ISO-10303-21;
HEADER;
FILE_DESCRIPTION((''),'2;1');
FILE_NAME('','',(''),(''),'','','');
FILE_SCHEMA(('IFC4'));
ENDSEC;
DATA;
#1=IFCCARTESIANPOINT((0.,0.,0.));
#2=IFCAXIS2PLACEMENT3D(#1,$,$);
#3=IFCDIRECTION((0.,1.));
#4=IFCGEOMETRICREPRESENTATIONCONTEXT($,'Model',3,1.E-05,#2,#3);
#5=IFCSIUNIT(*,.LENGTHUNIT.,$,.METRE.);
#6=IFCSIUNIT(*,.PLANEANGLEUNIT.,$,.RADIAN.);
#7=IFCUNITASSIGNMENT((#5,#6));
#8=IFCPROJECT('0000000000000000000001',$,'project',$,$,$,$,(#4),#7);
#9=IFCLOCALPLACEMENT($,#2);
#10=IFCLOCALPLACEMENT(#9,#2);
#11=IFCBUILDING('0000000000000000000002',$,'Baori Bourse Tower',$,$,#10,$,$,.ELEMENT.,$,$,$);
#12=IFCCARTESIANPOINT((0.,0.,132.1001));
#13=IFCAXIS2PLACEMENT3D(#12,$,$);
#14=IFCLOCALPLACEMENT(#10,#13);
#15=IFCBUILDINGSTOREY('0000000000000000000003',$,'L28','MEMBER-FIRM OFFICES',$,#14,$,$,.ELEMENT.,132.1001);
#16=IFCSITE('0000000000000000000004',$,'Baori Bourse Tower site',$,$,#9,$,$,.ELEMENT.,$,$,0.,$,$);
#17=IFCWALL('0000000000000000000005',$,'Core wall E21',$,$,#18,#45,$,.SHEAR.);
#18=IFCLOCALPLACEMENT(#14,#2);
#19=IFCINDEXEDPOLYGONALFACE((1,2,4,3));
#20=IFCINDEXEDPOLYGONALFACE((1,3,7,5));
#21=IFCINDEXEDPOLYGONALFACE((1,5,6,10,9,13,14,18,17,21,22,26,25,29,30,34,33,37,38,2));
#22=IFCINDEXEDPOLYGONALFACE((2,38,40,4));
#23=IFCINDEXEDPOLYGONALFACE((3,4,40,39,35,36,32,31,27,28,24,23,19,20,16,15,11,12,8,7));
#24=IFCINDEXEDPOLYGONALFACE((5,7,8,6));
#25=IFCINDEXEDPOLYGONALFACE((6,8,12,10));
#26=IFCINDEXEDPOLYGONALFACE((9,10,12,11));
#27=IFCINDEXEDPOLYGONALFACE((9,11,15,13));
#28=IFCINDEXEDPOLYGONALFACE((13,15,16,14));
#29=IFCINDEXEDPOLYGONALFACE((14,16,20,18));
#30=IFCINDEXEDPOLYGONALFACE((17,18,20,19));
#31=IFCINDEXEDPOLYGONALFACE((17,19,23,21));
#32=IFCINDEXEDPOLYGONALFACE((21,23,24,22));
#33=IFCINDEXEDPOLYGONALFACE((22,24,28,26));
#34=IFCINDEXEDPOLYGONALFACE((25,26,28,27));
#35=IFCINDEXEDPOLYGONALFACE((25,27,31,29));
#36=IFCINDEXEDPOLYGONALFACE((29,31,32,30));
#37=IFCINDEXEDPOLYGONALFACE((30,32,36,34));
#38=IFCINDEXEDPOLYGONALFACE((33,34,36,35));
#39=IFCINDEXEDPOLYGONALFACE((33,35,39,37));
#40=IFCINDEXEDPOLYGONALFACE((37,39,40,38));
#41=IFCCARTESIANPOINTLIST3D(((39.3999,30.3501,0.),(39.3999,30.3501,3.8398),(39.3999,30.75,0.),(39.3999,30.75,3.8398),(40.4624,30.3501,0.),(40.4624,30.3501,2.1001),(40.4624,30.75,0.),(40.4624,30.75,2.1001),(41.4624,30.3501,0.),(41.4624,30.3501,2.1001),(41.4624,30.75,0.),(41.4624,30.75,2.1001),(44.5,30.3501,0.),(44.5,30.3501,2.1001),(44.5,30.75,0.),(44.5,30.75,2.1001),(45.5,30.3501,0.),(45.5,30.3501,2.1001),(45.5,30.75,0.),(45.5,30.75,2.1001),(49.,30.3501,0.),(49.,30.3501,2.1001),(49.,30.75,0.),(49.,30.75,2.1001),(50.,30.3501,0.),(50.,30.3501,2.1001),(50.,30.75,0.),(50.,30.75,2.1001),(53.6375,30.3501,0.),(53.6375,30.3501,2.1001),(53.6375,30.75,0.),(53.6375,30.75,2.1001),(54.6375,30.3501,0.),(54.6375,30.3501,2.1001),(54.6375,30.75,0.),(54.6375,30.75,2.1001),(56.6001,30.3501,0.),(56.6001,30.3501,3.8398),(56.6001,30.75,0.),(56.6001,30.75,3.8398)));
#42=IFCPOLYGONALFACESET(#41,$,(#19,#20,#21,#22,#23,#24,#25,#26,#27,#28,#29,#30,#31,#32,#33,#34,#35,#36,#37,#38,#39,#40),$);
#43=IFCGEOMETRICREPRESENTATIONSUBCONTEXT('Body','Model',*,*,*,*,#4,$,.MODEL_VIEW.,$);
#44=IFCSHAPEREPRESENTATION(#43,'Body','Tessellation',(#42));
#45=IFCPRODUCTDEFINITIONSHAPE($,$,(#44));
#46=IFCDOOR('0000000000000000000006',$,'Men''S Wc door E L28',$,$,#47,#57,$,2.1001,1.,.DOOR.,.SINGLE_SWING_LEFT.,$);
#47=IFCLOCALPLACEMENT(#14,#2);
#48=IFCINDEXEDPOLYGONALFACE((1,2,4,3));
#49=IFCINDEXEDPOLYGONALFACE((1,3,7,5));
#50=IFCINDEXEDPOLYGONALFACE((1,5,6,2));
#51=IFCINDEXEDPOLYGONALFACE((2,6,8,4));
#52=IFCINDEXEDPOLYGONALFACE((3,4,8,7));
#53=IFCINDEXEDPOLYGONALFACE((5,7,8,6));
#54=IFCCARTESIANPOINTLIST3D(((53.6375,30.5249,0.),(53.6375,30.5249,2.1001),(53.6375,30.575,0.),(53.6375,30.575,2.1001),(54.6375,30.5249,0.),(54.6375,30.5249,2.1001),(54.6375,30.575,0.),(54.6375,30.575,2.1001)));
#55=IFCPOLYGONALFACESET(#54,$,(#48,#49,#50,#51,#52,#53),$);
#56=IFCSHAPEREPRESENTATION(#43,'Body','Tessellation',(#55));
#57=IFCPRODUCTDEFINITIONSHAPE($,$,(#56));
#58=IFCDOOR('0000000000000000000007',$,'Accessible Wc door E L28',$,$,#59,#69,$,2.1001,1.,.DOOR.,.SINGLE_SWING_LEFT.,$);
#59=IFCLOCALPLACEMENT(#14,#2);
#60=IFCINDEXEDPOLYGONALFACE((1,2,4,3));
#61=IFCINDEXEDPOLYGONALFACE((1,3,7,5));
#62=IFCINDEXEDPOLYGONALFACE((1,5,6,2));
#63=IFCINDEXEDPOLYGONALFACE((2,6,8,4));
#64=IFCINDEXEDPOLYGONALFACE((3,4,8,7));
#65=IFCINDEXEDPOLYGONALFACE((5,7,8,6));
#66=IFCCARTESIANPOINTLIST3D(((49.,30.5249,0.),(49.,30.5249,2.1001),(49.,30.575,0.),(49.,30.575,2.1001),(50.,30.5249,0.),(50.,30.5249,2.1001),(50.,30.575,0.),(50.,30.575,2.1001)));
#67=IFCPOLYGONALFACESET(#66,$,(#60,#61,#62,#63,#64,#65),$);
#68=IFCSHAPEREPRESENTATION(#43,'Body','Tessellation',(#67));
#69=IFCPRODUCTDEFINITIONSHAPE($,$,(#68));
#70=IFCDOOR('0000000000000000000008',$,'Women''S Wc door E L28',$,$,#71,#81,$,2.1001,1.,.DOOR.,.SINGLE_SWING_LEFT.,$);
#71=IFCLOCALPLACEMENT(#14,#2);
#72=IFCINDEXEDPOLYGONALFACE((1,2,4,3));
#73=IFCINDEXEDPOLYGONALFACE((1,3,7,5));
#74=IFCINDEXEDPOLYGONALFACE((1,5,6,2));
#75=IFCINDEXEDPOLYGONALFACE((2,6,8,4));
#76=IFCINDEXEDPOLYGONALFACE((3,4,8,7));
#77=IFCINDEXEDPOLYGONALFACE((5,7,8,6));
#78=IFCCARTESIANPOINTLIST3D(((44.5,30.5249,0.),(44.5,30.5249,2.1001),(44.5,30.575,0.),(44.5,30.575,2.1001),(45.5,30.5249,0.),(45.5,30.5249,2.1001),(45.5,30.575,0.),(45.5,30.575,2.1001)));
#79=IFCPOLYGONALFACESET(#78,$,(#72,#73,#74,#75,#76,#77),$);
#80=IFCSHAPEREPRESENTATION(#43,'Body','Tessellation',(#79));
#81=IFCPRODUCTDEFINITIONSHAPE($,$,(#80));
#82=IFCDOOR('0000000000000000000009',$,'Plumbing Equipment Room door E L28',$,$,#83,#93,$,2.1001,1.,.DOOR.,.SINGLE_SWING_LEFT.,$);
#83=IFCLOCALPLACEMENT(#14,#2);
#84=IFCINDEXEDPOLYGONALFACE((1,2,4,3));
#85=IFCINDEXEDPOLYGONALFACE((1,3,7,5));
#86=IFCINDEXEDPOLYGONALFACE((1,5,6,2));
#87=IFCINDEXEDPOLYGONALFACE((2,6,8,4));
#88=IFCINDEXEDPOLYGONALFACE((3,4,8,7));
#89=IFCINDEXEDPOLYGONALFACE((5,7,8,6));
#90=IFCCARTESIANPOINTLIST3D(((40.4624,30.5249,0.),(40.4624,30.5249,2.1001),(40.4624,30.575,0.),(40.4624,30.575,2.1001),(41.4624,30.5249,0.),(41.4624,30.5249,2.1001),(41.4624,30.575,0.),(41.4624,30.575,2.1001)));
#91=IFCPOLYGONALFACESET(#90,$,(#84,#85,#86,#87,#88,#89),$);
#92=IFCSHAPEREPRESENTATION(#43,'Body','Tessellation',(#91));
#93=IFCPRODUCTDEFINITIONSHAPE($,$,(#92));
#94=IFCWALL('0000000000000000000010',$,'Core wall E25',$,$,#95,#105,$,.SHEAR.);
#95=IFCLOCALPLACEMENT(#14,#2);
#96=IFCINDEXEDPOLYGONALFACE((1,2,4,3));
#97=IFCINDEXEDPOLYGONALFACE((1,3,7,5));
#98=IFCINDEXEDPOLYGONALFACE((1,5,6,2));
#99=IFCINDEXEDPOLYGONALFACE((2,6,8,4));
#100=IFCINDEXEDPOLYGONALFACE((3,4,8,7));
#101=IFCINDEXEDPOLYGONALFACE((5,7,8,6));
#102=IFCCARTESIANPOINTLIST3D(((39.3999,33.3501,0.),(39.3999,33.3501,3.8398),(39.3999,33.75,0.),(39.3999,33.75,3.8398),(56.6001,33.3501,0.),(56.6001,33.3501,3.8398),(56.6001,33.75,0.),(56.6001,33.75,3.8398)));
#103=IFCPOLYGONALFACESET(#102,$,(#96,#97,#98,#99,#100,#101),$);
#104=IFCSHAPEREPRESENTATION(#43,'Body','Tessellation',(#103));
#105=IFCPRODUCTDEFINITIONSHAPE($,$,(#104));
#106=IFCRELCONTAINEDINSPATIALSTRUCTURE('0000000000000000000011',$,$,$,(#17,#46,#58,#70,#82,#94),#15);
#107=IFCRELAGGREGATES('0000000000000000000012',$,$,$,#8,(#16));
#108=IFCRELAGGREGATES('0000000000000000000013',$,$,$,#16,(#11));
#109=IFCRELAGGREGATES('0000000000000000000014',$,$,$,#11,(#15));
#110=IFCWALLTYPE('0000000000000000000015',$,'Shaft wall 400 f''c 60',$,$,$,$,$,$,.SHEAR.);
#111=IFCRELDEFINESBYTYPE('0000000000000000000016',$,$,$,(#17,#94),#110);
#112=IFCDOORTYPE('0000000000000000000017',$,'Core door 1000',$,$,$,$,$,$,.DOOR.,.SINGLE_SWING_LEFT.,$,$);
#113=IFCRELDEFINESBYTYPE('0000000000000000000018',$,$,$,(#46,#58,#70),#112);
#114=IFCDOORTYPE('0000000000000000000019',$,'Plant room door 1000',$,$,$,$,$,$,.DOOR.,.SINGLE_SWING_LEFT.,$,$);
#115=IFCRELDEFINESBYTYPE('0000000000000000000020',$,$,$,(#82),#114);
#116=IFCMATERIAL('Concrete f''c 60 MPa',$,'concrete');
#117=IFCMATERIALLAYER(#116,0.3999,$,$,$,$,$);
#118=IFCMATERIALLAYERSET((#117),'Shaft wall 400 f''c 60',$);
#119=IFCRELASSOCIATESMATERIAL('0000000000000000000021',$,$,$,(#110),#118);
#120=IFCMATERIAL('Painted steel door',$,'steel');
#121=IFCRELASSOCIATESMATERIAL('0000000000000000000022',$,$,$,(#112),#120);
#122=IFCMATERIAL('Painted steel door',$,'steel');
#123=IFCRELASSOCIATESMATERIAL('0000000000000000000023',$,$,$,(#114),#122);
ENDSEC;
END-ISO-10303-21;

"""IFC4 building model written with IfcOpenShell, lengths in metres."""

from ifc_helpers import new_model, si_unit, direction, frame, frame_2d, origin, place, context, subcontext, project, spatial, rectangle, extrude, material, layer, layer_set, type_object, element, fill, save


model = new_model("IFC4")

# Units and contexts
model_context = context("Model", 3, precision=1e-05, world=origin(), true_north=direction((0.0, 1.0)))
body_context = subcontext(model_context, "Body", "Model", "MODEL_VIEW")
ifc_project = project(units=[si_unit("LENGTHUNIT", "METRE"), si_unit("PLANEANGLEUNIT", "RADIAN")], contexts=[model_context])

# Site, building, storey
site_placement = place(None, origin())
site = spatial("IfcSite", under=ifc_project, at=site_placement, Name="Baori Bourse Tower site", CompositionType="ELEMENT", RefElevation=0.0)
building_placement = place(site_placement, origin())
building = spatial("IfcBuilding", under=site, at=building_placement, Name="Baori Bourse Tower", CompositionType="ELEMENT")
storey_placement = place(building_placement, frame((0.0, 0.0, 132.1001)))
storey = spatial("IfcBuildingStorey", under=building, at=storey_placement, Name="L28", Description="MEMBER-FIRM OFFICES", CompositionType="ELEMENT", Elevation=132.1001)

# Wall, openings, doors
ifc_material_1 = material(Name="Concrete f'c 60 MPa", Category="concrete")
ifc_layer_1 = layer(ifc_material_1, 0.3999)
ifc_layer_set_1 = layer_set([ifc_layer_1], Name="Shaft wall 400 f'c 60")
wall_type_1 = type_object("IfcWallType", Name="Shaft wall 400 f'c 60", PredefinedType="SHEAR", material=ifc_layer_set_1)
wall_1_placement = place(storey_placement, frame((39.3999, 30.55, 0.0), z_axis=(0.0, 0.0, 1.0), x_axis=(1.0, 0.0, 0.0)))
wall_1 = element("IfcWall", 1, at=wall_1_placement, inside=storey, type_object=wall_type_1, Name="Core wall E21", PredefinedType="SHEAR", context=body_context, shape_type="SweptSolid", body=[
    extrude(rectangle(XDim=17.2002, YDim=0.3999, at=frame_2d((8.6001, 0.0))), origin(), (0.0, 0.0, 1.0), 3.8398),
])
opening_1_placement = place(wall_1_placement, frame((14.2375, 0.0, 0.0)))
opening_1 = element("IfcOpeningElement", 2, at=opening_1_placement, cuts=wall_1, PredefinedType="OPENING", context=body_context, shape_type="SweptSolid", body=[
    extrude(rectangle(XDim=1.0, YDim=2.1001, at=frame_2d((0.5, 1.05))), frame((0.0, 0.21, 0.0), z_axis=(0.0, -1.0, 0.0), x_axis=(1.0, 0.0, 0.0)), (0.0, 0.0, 1.0), 0.4199),
])
opening_2_placement = place(wall_1_placement, frame((9.6001, 0.0, 0.0)))
opening_2 = element("IfcOpeningElement", 3, at=opening_2_placement, cuts=wall_1, PredefinedType="OPENING", context=body_context, shape_type="SweptSolid", body=[
    extrude(rectangle(XDim=1.0, YDim=2.1001, at=frame_2d((0.5, 1.05))), frame((0.0, 0.21, 0.0), z_axis=(0.0, -1.0, 0.0), x_axis=(1.0, 0.0, 0.0)), (0.0, 0.0, 1.0), 0.4199),
])
opening_3_placement = place(wall_1_placement, frame((5.1001, 0.0, 0.0)))
opening_3 = element("IfcOpeningElement", 4, at=opening_3_placement, cuts=wall_1, PredefinedType="OPENING", context=body_context, shape_type="SweptSolid", body=[
    extrude(rectangle(XDim=1.0, YDim=2.1001, at=frame_2d((0.5, 1.05))), frame((0.0, 0.21, 0.0), z_axis=(0.0, -1.0, 0.0), x_axis=(1.0, 0.0, 0.0)), (0.0, 0.0, 1.0), 0.4199),
])
opening_4_placement = place(wall_1_placement, frame((1.0625, 0.0, 0.0)))
opening_4 = element("IfcOpeningElement", 5, at=opening_4_placement, cuts=wall_1, PredefinedType="OPENING", context=body_context, shape_type="SweptSolid", body=[
    extrude(rectangle(XDim=1.0, YDim=2.1001, at=frame_2d((0.5, 1.05))), frame((0.0, 0.21, 0.0), z_axis=(0.0, -1.0, 0.0), x_axis=(1.0, 0.0, 0.0)), (0.0, 0.0, 1.0), 0.4199),
])
ifc_material_2 = material(Name="Painted steel door", Category="steel")
door_type_1 = type_object("IfcDoorType", Name="Core door 1000", OperationType="SINGLE_SWING_LEFT", PredefinedType="DOOR", material=ifc_material_2)
door_1_placement = place(opening_1_placement, origin())
door_1 = element("IfcDoor", 6, at=door_1_placement, inside=storey, type_object=door_type_1, Name="Men'S Wc door E L28", OperationType="SINGLE_SWING_LEFT", OverallHeight=2.1001, OverallWidth=1.0, PredefinedType="DOOR", context=body_context, shape_type="SweptSolid", body=[
    extrude(rectangle(XDim=1.0, YDim=2.1001, at=frame_2d((0.5, 1.05))), frame((0.0, 0.0249, 0.0), z_axis=(0.0, -1.0, 0.0), x_axis=(1.0, 0.0, 0.0)), (0.0, 0.0, 1.0), 0.05),
])
fill(opening_1, door_1)
door_2_placement = place(opening_2_placement, origin())
door_2 = element("IfcDoor", 7, at=door_2_placement, inside=storey, type_object=door_type_1, Name="Accessible Wc door E L28", OperationType="SINGLE_SWING_LEFT", OverallHeight=2.1001, OverallWidth=1.0, PredefinedType="DOOR", context=body_context, shape_type="SweptSolid", body=[
    extrude(rectangle(XDim=1.0, YDim=2.1001, at=frame_2d((0.5, 1.05))), frame((0.0, 0.0249, 0.0), z_axis=(0.0, -1.0, 0.0), x_axis=(1.0, 0.0, 0.0)), (0.0, 0.0, 1.0), 0.05),
])
fill(opening_2, door_2)
door_3_placement = place(opening_3_placement, origin())
door_3 = element("IfcDoor", 8, at=door_3_placement, inside=storey, type_object=door_type_1, Name="Women'S Wc door E L28", OperationType="SINGLE_SWING_LEFT", OverallHeight=2.1001, OverallWidth=1.0, PredefinedType="DOOR", context=body_context, shape_type="SweptSolid", body=[
    extrude(rectangle(XDim=1.0, YDim=2.1001, at=frame_2d((0.5, 1.05))), frame((0.0, 0.0249, 0.0), z_axis=(0.0, -1.0, 0.0), x_axis=(1.0, 0.0, 0.0)), (0.0, 0.0, 1.0), 0.05),
])
fill(opening_3, door_3)
ifc_material_3 = material(Name="Painted steel door", Category="steel")
door_type_2 = type_object("IfcDoorType", Name="Plant room door 1000", OperationType="SINGLE_SWING_LEFT", PredefinedType="DOOR", material=ifc_material_3)
door_4_placement = place(opening_4_placement, origin())
door_4 = element("IfcDoor", 9, at=door_4_placement, inside=storey, type_object=door_type_2, Name="Plumbing Equipment Room door E L28", OperationType="SINGLE_SWING_LEFT", OverallHeight=2.1001, OverallWidth=1.0, PredefinedType="DOOR", context=body_context, shape_type="SweptSolid", body=[
    extrude(rectangle(XDim=1.0, YDim=2.1001, at=frame_2d((0.5, 1.05))), frame((0.0, 0.0249, 0.0), z_axis=(0.0, -1.0, 0.0), x_axis=(1.0, 0.0, 0.0)), (0.0, 0.0, 1.0), 0.05),
])
fill(opening_4, door_4)

# Wall
wall_2_placement = place(storey_placement, frame((39.3999, 33.55, 0.0), z_axis=(0.0, 0.0, 1.0), x_axis=(1.0, 0.0, 0.0)))
element("IfcWall", 10, at=wall_2_placement, inside=storey, type_object=wall_type_1, Name="Core wall E25", PredefinedType="SHEAR", context=body_context, shape_type="SweptSolid", body=[
    extrude(rectangle(XDim=17.2002, YDim=0.3999, at=frame_2d((8.6001, 0.0))), origin(), (0.0, 0.0, 1.0), 3.8398),
])

save(model, "model.ifc")
